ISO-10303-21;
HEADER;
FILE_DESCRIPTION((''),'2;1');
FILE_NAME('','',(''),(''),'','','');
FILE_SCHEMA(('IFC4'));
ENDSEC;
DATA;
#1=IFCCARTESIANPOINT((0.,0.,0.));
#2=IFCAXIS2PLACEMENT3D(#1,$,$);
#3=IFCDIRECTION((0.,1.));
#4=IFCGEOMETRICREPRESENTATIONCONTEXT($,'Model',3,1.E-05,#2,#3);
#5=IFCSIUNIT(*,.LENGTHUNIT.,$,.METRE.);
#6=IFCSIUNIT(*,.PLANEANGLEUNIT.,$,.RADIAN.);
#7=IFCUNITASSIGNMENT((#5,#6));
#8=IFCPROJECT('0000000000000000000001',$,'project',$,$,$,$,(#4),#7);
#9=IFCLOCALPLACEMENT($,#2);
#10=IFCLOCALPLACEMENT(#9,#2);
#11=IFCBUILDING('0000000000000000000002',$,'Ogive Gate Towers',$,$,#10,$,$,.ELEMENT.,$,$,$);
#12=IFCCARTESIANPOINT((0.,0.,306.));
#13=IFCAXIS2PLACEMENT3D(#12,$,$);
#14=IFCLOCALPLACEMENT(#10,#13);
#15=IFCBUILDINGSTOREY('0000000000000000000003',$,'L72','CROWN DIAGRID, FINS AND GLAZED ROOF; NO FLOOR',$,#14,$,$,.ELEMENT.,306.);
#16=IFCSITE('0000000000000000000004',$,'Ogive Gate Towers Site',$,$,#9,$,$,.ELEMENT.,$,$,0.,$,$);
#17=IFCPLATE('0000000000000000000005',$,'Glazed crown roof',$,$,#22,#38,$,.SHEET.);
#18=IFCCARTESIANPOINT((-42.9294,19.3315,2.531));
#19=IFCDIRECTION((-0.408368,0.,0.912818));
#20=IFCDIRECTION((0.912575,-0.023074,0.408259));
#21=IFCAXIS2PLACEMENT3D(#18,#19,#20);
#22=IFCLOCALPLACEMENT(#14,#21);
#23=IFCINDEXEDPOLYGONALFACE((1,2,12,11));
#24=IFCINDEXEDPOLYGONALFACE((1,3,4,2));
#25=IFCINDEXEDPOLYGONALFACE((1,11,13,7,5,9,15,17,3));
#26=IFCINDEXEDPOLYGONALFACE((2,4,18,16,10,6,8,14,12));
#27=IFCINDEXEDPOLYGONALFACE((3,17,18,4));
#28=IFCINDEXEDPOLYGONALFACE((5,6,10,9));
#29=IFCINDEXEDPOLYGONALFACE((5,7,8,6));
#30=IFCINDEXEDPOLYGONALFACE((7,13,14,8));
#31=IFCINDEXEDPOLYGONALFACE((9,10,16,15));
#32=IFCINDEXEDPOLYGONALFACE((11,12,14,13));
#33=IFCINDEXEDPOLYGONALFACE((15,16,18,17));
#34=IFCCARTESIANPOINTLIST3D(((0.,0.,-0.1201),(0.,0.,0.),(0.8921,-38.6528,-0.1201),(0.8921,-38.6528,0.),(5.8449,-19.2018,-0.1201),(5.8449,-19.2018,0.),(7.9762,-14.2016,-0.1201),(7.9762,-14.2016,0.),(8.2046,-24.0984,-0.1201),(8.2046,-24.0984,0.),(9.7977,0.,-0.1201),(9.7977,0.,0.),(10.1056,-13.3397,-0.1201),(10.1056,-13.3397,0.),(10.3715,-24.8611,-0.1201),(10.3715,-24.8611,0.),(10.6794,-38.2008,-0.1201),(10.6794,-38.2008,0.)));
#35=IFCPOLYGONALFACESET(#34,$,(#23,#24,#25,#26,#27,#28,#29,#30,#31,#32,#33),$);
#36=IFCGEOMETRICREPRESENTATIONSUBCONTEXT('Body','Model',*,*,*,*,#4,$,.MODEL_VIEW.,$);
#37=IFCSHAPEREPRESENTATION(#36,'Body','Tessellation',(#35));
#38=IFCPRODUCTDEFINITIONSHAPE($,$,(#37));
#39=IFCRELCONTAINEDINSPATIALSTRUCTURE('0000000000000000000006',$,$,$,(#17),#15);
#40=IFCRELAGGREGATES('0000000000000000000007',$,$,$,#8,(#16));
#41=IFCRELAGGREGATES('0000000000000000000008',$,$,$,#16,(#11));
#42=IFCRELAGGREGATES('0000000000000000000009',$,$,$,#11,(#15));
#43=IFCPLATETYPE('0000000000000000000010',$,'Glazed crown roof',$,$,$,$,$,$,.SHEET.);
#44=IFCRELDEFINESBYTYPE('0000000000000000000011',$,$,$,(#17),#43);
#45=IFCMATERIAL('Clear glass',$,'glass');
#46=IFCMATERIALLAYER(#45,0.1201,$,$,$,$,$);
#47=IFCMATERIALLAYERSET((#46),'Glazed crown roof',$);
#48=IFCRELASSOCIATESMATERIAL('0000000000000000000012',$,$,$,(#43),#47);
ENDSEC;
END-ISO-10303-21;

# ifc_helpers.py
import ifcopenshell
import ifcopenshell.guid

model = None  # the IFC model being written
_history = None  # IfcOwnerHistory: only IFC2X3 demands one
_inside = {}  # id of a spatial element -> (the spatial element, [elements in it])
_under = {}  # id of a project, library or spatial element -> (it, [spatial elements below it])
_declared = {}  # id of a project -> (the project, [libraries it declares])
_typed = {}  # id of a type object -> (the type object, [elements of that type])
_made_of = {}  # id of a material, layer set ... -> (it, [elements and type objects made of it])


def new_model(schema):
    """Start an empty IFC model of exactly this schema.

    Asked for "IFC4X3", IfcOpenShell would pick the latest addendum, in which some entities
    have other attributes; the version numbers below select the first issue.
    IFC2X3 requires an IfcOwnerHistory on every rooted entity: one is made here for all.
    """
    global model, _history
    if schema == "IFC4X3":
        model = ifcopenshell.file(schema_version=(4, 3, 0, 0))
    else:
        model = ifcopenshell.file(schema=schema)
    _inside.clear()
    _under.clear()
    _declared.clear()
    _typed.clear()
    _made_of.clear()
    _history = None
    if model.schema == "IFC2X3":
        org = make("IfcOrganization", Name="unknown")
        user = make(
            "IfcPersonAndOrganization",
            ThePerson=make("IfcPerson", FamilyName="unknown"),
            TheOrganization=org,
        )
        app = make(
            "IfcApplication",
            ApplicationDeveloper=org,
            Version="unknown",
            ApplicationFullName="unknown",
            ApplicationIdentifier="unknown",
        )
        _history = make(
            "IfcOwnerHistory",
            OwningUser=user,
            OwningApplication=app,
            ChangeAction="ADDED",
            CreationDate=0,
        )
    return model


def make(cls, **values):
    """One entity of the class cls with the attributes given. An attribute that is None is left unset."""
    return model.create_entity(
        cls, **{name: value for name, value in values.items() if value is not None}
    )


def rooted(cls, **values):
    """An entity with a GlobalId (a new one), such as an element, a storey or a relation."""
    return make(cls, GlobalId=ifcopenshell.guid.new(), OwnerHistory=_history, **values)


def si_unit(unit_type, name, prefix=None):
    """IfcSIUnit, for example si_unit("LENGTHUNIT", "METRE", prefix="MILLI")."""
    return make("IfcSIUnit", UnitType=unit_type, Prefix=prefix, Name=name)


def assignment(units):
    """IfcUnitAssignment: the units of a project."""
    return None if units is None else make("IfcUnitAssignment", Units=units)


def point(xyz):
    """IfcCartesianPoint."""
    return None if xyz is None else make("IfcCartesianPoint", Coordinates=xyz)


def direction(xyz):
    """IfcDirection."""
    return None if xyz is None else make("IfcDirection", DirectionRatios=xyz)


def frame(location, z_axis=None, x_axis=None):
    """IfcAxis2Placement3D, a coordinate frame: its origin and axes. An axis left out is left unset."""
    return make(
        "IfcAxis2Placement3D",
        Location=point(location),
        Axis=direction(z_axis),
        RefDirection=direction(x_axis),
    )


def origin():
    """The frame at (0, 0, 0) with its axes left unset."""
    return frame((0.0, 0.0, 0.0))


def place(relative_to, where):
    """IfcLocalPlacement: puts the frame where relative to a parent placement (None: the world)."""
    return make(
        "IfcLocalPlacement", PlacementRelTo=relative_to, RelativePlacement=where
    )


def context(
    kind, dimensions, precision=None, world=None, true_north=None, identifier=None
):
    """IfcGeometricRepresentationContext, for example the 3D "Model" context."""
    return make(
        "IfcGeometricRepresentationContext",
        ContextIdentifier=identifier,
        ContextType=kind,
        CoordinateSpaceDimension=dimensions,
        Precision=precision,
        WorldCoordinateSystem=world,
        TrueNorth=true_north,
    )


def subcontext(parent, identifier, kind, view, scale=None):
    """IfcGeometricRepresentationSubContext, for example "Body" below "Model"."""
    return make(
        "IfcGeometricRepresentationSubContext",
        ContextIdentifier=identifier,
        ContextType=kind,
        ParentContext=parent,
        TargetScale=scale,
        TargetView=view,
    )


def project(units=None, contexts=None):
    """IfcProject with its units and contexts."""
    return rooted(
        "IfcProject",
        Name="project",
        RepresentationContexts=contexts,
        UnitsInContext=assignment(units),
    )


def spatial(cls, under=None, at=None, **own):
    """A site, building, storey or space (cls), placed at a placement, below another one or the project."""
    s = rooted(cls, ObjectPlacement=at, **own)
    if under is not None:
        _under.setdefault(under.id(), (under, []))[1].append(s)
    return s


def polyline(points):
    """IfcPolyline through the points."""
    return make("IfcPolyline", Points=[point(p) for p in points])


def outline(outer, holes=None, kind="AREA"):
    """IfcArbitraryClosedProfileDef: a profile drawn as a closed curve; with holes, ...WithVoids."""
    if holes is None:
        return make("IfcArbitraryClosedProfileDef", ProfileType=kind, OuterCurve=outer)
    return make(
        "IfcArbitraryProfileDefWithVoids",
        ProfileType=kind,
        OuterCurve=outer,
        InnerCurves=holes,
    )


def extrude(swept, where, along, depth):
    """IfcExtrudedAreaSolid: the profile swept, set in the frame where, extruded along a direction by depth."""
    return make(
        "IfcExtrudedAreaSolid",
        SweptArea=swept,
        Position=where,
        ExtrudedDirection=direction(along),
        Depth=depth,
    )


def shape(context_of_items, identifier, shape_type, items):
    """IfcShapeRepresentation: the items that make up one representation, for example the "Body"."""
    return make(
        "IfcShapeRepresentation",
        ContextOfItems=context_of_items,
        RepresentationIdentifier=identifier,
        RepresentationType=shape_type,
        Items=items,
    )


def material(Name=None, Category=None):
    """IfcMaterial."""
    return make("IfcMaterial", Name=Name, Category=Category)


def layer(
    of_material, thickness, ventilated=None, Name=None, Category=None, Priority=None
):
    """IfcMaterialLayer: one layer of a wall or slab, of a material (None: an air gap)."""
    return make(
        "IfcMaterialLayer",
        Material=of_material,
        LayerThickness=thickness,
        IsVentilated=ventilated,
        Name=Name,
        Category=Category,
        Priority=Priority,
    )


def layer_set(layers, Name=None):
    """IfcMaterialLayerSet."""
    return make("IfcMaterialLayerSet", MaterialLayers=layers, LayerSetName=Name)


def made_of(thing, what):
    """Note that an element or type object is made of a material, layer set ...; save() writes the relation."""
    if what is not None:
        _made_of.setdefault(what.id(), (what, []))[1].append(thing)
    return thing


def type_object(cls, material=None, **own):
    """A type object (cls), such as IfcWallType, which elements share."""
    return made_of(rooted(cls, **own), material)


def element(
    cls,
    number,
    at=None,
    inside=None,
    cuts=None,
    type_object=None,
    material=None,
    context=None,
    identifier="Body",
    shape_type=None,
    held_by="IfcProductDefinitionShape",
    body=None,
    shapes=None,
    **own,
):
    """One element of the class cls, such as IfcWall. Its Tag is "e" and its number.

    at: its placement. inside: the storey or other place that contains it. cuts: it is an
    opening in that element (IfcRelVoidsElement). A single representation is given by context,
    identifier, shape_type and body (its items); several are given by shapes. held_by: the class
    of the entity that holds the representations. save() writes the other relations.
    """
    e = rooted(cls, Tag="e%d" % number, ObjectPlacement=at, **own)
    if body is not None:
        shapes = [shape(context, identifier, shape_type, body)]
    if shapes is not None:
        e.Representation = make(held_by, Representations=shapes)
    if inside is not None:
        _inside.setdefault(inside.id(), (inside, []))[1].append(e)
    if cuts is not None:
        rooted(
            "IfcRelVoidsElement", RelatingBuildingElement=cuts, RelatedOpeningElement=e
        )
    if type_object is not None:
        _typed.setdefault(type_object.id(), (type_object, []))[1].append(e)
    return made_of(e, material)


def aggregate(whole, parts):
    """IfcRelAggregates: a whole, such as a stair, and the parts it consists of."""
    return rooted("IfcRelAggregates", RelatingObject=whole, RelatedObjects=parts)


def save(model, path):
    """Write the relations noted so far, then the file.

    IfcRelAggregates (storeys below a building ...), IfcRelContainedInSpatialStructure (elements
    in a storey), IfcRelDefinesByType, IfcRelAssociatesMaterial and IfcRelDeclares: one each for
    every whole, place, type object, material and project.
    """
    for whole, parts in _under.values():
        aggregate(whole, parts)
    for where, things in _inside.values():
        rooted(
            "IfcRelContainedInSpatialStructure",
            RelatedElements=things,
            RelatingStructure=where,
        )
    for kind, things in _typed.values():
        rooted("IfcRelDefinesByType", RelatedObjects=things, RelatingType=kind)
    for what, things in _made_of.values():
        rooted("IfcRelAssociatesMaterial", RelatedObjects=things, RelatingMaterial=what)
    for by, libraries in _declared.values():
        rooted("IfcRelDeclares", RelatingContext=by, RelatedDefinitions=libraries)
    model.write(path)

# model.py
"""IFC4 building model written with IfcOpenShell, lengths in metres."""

from ifc_helpers import new_model, si_unit, direction, frame, origin, place, context, subcontext, project, spatial, polyline, outline, extrude, material, layer, layer_set, type_object, element, save


model = new_model("IFC4")

# Units and contexts
model_context = context("Model", 3, precision=1e-05, world=origin(), true_north=direction((0.0, 1.0)))
body_context = subcontext(model_context, "Body", "Model", "MODEL_VIEW")
ifc_project = project(units=[si_unit("LENGTHUNIT", "METRE"), si_unit("PLANEANGLEUNIT", "RADIAN")], contexts=[model_context])

# Site, building, storey
site_placement = place(None, origin())
site = spatial("IfcSite", under=ifc_project, at=site_placement, Name="Ogive Gate Towers Site", CompositionType="ELEMENT", RefElevation=0.0)
building_placement = place(site_placement, origin())
building = spatial("IfcBuilding", under=site, at=building_placement, Name="Ogive Gate Towers", CompositionType="ELEMENT")
storey_placement = place(building_placement, frame((0.0, 0.0, 306.0)))
storey = spatial("IfcBuildingStorey", under=building, at=storey_placement, Name="L72", Description="CROWN DIAGRID, FINS AND GLAZED ROOF; NO FLOOR", CompositionType="ELEMENT", Elevation=306.0)

# Shared definitions
ifc_material_1 = material(Name="Clear glass", Category="glass")

# Plate
ifc_layer_1 = layer(ifc_material_1, 0.1201)
ifc_layer_set_1 = layer_set([ifc_layer_1], Name="Glazed crown roof")
plate_type_1 = type_object("IfcPlateType", Name="Glazed crown roof", PredefinedType="SHEET", material=ifc_layer_set_1)
plate_1_placement = place(storey_placement, frame((-42.9294, 19.3315, 2.531), z_axis=(-0.408368, 0.0, 0.912818), x_axis=(0.912575, -0.023074, 0.408259)))
element("IfcPlate", 1, at=plate_1_placement, inside=storey, type_object=plate_type_1, Name="Glazed crown roof", PredefinedType="SHEET", context=body_context, shape_type="SweptSolid", body=[
    extrude(outline(polyline([(0.0, 0.0), (9.7977, 0.0), (10.1056, -13.3397), (7.9762, -14.2016), (5.8449, -19.2018), (8.2046, -24.0984), (10.3715, -24.8611), (10.6794, -38.2008), (0.8921, -38.6528), (0.0, 0.0)])), origin(), (0.0, 0.0, -1.0), 0.1201),
])

save(model, "model.ifc")
